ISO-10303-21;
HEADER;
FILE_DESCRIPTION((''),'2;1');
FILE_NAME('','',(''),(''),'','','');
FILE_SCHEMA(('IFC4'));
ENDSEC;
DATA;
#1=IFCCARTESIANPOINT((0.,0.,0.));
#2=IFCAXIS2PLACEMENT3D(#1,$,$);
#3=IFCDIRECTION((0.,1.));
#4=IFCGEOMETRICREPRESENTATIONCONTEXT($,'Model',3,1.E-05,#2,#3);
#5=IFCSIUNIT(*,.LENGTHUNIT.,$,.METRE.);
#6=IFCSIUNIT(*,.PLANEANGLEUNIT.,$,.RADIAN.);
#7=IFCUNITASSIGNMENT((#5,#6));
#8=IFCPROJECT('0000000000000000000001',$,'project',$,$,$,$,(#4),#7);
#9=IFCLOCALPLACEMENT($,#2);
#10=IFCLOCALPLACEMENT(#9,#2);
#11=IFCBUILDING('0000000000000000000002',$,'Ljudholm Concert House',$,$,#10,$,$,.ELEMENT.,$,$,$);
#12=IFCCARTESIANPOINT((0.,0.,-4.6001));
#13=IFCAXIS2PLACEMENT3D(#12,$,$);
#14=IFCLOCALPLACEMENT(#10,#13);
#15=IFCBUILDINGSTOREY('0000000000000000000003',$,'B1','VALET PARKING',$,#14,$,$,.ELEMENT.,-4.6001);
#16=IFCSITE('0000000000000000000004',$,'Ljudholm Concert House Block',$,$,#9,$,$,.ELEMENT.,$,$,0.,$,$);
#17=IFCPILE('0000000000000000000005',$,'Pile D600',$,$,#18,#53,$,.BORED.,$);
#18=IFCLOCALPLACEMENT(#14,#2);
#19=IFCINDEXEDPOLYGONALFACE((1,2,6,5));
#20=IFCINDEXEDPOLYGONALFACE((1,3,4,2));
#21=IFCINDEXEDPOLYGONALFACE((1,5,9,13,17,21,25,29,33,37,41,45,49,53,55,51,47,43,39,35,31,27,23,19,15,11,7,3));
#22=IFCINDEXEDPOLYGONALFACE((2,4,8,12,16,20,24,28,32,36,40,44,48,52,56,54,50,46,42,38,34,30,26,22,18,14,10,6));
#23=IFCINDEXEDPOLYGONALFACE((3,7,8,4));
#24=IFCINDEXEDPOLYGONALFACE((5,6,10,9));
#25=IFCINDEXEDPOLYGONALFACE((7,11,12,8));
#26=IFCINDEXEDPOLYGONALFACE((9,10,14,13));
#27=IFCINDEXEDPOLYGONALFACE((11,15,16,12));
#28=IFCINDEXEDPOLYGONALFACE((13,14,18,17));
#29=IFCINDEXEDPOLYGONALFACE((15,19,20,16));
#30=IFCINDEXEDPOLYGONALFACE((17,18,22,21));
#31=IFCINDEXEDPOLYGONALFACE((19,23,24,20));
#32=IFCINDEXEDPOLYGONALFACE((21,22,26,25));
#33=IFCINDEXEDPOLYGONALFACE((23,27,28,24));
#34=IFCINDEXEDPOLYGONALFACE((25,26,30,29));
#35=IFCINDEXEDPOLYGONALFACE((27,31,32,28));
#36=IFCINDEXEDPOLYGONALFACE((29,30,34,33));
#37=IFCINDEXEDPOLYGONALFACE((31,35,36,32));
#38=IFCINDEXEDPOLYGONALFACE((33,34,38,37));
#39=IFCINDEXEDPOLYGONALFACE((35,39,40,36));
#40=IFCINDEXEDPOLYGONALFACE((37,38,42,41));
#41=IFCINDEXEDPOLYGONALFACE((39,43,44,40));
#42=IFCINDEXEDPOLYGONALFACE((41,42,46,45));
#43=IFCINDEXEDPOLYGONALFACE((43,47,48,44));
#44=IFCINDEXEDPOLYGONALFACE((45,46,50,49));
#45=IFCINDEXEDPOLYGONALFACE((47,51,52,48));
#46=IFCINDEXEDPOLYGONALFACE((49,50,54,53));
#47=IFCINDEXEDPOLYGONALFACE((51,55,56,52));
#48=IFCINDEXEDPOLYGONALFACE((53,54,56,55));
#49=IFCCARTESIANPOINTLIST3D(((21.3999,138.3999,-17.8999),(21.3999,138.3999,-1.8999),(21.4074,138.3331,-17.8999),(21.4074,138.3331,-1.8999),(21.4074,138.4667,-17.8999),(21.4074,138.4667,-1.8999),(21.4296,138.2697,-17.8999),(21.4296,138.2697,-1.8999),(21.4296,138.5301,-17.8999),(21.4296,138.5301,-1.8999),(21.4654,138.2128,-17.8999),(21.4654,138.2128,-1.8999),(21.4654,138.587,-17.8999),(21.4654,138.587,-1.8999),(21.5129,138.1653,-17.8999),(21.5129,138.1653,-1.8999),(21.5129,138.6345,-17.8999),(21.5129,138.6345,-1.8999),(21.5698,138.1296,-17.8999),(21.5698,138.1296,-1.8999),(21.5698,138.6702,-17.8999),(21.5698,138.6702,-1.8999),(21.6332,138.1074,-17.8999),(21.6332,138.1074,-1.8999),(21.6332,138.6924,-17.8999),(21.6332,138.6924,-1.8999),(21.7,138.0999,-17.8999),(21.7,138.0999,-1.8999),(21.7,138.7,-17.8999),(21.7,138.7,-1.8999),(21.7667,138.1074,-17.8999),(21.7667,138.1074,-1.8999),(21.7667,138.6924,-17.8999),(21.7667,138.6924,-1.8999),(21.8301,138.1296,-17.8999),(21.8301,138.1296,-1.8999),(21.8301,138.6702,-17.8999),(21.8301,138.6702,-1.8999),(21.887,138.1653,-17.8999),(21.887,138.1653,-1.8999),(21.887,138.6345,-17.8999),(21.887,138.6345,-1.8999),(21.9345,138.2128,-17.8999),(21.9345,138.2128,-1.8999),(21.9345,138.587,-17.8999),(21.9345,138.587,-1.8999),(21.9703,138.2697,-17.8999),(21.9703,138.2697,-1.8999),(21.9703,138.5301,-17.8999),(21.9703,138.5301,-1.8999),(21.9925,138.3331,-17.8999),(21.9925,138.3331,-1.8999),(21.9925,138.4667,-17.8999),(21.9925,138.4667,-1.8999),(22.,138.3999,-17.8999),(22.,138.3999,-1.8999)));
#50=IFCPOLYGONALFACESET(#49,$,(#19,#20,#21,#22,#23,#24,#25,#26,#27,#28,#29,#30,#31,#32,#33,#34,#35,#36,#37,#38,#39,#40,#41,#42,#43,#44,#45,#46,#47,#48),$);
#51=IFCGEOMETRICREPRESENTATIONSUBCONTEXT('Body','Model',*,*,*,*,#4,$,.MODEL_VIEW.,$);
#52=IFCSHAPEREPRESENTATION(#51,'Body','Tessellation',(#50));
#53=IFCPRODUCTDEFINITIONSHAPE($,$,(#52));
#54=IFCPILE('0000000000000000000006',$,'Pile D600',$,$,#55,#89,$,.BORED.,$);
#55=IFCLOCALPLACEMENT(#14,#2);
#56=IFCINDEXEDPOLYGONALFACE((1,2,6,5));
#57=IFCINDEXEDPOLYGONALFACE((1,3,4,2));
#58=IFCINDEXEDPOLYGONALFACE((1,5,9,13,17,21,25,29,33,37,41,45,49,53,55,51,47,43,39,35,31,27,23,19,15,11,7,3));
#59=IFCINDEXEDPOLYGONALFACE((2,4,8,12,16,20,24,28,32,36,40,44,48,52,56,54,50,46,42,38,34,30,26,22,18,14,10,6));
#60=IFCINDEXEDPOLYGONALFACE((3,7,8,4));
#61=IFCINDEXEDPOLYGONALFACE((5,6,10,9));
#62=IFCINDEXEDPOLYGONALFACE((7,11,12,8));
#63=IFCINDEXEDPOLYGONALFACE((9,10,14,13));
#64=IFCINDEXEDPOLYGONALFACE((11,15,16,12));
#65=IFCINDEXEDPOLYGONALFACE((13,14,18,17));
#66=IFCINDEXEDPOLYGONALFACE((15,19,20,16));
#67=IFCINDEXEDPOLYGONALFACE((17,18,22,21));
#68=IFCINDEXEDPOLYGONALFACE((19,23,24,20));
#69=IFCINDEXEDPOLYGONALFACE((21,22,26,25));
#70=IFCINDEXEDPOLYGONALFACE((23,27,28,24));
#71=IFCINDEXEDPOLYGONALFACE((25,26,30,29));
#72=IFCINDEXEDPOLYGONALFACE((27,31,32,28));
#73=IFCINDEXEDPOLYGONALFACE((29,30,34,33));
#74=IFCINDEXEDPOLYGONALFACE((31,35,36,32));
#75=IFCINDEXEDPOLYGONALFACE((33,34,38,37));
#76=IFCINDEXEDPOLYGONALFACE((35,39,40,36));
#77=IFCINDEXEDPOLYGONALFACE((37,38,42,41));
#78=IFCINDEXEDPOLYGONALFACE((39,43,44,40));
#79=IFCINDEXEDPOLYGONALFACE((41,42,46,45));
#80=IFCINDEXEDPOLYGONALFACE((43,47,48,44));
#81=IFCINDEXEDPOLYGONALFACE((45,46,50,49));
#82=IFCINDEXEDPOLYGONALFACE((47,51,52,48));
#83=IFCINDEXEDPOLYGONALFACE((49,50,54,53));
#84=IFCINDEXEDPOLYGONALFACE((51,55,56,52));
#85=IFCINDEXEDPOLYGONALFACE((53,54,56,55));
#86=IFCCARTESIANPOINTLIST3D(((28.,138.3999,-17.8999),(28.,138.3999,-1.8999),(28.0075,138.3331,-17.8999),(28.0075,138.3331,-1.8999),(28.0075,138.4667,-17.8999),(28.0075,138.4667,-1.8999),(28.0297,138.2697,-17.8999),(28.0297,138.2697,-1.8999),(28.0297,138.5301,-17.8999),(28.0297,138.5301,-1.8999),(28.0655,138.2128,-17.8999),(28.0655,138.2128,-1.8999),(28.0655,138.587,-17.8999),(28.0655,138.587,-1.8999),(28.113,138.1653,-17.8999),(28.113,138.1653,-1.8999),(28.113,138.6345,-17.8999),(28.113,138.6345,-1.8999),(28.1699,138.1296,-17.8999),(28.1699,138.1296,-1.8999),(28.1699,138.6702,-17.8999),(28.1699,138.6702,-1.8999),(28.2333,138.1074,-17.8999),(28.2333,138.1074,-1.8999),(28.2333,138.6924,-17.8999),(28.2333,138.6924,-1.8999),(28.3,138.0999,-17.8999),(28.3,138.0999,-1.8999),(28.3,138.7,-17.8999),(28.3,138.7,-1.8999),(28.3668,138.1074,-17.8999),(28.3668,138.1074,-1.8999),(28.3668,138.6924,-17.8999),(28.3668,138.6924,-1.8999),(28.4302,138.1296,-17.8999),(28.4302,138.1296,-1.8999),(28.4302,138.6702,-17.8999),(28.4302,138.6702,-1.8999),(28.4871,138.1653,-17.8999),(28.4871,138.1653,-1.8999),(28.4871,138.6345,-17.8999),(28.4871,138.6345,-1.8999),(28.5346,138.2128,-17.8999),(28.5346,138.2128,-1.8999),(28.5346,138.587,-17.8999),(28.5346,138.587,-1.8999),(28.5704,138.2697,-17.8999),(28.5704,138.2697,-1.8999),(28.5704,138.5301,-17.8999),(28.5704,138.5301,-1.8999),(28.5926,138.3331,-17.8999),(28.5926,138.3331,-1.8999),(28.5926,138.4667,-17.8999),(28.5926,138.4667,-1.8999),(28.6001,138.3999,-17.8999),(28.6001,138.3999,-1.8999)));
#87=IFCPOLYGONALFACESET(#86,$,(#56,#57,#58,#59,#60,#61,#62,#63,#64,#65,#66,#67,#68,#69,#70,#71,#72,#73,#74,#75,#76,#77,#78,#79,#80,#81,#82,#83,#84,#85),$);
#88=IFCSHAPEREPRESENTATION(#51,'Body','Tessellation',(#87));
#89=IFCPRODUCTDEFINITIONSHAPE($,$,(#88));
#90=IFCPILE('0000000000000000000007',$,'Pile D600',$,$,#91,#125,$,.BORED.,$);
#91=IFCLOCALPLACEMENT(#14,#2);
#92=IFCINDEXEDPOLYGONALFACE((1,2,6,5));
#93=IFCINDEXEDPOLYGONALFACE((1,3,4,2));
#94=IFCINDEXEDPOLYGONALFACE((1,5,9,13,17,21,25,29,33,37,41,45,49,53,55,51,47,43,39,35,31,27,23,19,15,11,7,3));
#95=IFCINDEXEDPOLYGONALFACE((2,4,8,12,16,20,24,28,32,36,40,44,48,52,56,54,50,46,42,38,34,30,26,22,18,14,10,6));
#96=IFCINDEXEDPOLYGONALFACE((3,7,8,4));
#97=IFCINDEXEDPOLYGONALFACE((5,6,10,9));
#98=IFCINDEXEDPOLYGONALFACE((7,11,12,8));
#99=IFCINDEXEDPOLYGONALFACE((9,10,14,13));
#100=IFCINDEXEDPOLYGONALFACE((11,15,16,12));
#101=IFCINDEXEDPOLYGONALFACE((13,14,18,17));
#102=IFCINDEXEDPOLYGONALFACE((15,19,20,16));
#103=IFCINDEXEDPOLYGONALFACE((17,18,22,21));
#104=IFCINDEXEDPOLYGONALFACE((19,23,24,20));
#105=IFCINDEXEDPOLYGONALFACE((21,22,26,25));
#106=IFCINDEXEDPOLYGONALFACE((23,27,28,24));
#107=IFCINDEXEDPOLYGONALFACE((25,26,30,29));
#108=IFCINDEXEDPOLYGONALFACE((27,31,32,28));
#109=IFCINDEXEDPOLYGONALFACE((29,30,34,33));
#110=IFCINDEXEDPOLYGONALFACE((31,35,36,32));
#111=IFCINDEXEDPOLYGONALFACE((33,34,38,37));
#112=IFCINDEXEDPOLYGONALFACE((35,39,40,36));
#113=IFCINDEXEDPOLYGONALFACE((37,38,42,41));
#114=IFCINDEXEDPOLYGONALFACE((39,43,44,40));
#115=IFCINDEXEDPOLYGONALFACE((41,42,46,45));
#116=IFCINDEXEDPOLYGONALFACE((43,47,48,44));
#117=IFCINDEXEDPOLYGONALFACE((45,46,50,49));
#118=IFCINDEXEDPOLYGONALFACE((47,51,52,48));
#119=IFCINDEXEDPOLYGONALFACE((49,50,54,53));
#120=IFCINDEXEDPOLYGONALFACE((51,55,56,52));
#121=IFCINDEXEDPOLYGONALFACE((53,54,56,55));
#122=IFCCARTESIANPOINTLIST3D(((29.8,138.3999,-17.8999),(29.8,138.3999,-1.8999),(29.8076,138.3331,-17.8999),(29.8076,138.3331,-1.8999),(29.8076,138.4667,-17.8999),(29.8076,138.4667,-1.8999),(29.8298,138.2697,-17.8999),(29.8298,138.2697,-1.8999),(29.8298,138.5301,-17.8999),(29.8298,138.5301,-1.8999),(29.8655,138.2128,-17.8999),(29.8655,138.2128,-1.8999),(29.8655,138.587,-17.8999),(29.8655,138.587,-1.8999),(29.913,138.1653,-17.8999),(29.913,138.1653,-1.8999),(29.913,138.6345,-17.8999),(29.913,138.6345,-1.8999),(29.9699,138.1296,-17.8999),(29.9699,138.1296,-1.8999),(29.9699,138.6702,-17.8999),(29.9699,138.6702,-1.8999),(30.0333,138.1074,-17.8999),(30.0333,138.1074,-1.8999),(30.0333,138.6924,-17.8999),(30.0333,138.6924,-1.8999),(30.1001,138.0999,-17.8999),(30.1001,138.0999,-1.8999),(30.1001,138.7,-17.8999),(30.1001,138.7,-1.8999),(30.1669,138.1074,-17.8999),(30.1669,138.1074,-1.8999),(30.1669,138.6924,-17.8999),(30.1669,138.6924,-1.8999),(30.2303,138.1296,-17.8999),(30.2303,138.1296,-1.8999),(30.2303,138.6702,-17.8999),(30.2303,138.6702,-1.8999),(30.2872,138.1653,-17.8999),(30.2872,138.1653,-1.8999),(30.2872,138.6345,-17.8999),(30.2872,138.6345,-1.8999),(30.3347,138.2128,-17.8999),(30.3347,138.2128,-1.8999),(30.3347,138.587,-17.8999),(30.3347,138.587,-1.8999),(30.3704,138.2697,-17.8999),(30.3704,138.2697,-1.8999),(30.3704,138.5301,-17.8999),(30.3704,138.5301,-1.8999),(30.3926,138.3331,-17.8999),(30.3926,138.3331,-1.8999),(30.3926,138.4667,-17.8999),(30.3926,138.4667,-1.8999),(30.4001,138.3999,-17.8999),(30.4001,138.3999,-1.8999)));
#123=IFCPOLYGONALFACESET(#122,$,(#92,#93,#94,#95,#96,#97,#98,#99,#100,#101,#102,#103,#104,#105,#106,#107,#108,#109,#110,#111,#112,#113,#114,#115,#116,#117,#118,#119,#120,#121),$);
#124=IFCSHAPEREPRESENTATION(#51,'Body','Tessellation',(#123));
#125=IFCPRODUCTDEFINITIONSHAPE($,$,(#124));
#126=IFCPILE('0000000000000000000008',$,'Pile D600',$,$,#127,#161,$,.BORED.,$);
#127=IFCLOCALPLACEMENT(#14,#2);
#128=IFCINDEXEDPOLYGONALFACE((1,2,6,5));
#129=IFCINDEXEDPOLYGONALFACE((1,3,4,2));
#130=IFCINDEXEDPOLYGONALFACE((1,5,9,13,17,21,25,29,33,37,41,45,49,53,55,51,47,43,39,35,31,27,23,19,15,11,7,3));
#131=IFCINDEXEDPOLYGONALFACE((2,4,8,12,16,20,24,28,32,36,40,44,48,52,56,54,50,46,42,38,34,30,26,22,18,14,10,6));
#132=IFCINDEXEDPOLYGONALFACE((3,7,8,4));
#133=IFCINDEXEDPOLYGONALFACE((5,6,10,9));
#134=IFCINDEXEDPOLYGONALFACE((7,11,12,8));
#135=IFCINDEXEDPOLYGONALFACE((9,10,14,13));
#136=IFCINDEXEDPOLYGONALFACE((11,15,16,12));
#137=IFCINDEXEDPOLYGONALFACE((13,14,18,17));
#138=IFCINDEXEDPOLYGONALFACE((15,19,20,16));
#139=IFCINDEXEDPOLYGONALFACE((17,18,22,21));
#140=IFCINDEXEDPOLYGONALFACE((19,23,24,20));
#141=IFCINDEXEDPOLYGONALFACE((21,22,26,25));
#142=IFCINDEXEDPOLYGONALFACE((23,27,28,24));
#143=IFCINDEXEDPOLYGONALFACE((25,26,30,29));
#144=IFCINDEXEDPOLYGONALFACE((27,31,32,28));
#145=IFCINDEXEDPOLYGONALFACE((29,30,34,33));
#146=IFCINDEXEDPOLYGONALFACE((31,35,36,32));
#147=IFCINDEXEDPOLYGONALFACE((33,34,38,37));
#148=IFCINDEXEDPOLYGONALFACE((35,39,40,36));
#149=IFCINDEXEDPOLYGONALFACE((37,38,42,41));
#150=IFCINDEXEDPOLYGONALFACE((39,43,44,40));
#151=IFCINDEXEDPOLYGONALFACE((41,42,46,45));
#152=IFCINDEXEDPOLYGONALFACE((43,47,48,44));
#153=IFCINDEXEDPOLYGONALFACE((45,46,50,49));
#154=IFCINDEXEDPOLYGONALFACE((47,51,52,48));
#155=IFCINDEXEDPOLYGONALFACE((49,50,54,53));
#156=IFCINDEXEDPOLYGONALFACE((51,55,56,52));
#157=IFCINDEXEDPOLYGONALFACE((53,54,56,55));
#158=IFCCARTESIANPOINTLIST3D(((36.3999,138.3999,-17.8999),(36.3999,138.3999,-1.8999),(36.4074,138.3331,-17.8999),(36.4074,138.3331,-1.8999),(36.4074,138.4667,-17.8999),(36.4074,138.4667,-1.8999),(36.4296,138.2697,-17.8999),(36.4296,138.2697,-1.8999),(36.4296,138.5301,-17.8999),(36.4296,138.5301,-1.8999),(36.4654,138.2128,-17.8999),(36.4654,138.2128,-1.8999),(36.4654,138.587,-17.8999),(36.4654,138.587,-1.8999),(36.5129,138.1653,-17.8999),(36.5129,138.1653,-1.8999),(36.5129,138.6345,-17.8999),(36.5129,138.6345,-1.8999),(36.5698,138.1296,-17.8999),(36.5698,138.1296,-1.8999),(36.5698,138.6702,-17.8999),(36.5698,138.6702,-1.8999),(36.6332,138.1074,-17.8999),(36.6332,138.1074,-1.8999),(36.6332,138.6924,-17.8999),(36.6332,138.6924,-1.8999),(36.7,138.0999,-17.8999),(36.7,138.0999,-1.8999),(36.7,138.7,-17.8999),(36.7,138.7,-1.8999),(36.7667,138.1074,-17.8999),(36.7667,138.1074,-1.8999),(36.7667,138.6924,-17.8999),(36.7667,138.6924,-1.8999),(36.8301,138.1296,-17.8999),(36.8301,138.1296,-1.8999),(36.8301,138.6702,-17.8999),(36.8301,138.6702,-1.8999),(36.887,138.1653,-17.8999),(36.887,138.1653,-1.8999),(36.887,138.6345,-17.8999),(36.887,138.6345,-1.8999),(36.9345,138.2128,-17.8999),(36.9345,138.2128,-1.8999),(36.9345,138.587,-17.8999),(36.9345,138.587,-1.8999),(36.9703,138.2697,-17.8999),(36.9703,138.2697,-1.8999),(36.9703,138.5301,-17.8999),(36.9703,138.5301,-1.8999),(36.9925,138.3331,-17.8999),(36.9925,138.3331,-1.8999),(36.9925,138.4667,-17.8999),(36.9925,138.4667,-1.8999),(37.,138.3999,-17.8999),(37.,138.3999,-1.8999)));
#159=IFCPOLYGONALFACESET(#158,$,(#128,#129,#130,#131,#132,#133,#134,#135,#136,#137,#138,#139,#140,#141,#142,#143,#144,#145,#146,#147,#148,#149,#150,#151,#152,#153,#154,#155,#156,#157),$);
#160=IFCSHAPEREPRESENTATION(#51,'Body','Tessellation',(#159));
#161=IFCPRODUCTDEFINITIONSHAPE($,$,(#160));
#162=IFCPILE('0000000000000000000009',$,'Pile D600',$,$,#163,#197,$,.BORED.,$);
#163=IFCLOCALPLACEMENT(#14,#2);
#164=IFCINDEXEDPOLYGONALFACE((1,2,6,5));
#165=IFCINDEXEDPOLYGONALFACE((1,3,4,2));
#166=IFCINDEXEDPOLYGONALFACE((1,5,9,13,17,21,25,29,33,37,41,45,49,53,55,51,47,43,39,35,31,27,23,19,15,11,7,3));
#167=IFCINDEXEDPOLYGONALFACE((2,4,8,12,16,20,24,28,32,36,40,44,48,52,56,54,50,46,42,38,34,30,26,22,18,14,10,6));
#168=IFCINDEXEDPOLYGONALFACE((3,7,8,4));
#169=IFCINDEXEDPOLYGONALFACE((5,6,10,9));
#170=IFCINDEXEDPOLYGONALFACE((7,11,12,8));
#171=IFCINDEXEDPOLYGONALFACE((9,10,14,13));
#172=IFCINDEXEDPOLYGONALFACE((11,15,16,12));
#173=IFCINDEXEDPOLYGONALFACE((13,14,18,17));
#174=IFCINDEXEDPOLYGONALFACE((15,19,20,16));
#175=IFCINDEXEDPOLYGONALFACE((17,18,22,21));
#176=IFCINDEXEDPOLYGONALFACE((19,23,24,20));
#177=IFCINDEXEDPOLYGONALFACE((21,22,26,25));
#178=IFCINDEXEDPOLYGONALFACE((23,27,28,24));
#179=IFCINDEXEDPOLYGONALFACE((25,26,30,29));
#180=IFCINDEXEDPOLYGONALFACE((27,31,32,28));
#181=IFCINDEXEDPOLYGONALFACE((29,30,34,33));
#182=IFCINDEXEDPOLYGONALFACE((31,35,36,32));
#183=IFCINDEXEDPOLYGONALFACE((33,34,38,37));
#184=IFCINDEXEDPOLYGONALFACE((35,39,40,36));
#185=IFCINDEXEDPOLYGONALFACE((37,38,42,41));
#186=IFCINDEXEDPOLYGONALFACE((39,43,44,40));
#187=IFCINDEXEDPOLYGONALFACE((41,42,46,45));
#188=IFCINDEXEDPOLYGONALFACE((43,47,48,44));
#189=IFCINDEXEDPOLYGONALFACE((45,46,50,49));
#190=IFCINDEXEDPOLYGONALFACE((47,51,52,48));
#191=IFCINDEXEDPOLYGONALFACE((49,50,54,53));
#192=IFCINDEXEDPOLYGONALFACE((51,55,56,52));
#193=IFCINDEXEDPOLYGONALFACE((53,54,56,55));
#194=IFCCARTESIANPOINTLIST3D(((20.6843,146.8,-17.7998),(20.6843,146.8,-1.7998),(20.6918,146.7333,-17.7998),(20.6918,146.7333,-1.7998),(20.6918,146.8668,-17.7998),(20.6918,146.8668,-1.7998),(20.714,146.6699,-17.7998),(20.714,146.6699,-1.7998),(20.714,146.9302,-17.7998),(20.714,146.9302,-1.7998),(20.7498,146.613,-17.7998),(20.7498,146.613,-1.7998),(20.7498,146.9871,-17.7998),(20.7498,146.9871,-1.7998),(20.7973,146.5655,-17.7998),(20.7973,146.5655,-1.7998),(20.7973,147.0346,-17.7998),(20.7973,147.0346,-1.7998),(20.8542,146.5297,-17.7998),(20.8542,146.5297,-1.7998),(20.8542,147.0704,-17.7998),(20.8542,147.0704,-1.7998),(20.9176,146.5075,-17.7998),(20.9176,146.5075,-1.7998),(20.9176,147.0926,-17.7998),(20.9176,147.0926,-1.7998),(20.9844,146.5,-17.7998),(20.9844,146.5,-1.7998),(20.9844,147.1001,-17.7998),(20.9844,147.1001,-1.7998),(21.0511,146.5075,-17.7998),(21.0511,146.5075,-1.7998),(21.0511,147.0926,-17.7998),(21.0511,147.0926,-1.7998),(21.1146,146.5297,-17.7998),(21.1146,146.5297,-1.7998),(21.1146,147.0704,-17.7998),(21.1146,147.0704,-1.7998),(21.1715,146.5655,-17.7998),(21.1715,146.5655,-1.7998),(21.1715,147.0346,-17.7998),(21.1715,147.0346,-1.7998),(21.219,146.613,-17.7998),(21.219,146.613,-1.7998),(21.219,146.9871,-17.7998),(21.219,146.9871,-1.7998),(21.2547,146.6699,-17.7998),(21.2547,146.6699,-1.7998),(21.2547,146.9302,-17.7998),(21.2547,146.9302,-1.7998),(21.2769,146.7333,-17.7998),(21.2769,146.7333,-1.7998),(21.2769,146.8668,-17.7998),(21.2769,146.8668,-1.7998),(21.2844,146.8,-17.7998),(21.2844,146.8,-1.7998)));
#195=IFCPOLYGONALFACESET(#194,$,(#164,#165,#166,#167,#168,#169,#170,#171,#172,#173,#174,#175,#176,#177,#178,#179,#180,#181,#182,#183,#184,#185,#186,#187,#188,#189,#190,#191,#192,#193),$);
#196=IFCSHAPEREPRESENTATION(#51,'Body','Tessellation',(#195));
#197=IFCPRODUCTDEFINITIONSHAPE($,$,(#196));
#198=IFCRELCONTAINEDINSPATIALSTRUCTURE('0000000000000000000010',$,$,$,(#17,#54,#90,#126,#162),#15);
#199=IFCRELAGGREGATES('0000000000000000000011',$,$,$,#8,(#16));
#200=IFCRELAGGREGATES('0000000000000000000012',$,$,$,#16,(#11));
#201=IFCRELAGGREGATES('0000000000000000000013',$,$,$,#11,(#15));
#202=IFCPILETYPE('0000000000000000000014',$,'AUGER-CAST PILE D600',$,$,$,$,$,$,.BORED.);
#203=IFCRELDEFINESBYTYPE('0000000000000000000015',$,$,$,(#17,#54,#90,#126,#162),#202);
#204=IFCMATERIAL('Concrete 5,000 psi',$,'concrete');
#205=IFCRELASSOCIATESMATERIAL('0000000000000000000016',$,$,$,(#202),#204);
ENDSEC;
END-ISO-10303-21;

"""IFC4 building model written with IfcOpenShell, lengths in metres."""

from ifc_helpers import new_model, si_unit, direction, frame, origin, origin_2d, place, context, subcontext, project, spatial, circle, extrude, material, material_profile, profile_set, type_object, element, save


model = new_model("IFC4")

# Units and contexts
model_context = context("Model", 3, precision=1e-05, world=origin(), true_north=direction((0.0, 1.0)))
body_context = subcontext(model_context, "Body", "Model", "MODEL_VIEW")
ifc_project = project(units=[si_unit("LENGTHUNIT", "METRE"), si_unit("PLANEANGLEUNIT", "RADIAN")], contexts=[model_context])

# Site, building, storey
site_placement = place(None, origin())
site = spatial("IfcSite", under=ifc_project, at=site_placement, Name="Ljudholm Concert House Block", CompositionType="ELEMENT", RefElevation=0.0)
building_placement = place(site_placement, origin())
building = spatial("IfcBuilding", under=site, at=building_placement, Name="Ljudholm Concert House", CompositionType="ELEMENT")
storey_placement = place(building_placement, frame((0.0, 0.0, -4.6001)))
storey = spatial("IfcBuildingStorey", under=building, at=storey_placement, Name="B1", Description="VALET PARKING", CompositionType="ELEMENT", Elevation=-4.6001)

# Piles
ifc_material_1 = material(Name="Concrete 5,000 psi", Category="concrete")
ifc_material_profile_1 = material_profile(ifc_material_1, circle(Radius=0.3, at=origin_2d()), Name="AUGER-CAST PILE D600")
ifc_profile_set_1 = profile_set([ifc_material_profile_1], Name="Concrete 5,000 psi")
pile_type = type_object("IfcPileType", Name="AUGER-CAST PILE D600", PredefinedType="BORED", material=ifc_profile_set_1)
for number, where, z_axis, x_axis, name in (
    (1, (21.7, 138.3999, -1.8999), (0.0, 0.0, -1.0), (1.0, 0.0, 0.0), "Pile D600"),
    (2, (28.3, 138.3999, -1.8999), (0.0, 0.0, -1.0), (1.0, 0.0, 0.0), "Pile D600"),
    (3, (30.1001, 138.3999, -1.8999), (0.0, 0.0, -1.0), (1.0, 0.0, 0.0), "Pile D600"),
    (4, (36.7, 138.3999, -1.8999), (0.0, 0.0, -1.0), (1.0, 0.0, 0.0), "Pile D600"),
    (5, (20.9844, 146.8, -1.7998), (0.0, 0.0, -1.0), (1.0, 0.0, 0.0), "Pile D600"),
):
    element("IfcPile", number, at=place(storey_placement, frame(where, z_axis=z_axis, x_axis=x_axis)), inside=storey, type_object=pile_type, Name=name, PredefinedType="BORED", context=body_context, shape_type="SweptSolid", body=[
        extrude(circle(Radius=0.3, at=origin_2d()), origin(), (0.0, 0.0, 1.0), 16.0),
    ])

save(model, "model.ifc")
